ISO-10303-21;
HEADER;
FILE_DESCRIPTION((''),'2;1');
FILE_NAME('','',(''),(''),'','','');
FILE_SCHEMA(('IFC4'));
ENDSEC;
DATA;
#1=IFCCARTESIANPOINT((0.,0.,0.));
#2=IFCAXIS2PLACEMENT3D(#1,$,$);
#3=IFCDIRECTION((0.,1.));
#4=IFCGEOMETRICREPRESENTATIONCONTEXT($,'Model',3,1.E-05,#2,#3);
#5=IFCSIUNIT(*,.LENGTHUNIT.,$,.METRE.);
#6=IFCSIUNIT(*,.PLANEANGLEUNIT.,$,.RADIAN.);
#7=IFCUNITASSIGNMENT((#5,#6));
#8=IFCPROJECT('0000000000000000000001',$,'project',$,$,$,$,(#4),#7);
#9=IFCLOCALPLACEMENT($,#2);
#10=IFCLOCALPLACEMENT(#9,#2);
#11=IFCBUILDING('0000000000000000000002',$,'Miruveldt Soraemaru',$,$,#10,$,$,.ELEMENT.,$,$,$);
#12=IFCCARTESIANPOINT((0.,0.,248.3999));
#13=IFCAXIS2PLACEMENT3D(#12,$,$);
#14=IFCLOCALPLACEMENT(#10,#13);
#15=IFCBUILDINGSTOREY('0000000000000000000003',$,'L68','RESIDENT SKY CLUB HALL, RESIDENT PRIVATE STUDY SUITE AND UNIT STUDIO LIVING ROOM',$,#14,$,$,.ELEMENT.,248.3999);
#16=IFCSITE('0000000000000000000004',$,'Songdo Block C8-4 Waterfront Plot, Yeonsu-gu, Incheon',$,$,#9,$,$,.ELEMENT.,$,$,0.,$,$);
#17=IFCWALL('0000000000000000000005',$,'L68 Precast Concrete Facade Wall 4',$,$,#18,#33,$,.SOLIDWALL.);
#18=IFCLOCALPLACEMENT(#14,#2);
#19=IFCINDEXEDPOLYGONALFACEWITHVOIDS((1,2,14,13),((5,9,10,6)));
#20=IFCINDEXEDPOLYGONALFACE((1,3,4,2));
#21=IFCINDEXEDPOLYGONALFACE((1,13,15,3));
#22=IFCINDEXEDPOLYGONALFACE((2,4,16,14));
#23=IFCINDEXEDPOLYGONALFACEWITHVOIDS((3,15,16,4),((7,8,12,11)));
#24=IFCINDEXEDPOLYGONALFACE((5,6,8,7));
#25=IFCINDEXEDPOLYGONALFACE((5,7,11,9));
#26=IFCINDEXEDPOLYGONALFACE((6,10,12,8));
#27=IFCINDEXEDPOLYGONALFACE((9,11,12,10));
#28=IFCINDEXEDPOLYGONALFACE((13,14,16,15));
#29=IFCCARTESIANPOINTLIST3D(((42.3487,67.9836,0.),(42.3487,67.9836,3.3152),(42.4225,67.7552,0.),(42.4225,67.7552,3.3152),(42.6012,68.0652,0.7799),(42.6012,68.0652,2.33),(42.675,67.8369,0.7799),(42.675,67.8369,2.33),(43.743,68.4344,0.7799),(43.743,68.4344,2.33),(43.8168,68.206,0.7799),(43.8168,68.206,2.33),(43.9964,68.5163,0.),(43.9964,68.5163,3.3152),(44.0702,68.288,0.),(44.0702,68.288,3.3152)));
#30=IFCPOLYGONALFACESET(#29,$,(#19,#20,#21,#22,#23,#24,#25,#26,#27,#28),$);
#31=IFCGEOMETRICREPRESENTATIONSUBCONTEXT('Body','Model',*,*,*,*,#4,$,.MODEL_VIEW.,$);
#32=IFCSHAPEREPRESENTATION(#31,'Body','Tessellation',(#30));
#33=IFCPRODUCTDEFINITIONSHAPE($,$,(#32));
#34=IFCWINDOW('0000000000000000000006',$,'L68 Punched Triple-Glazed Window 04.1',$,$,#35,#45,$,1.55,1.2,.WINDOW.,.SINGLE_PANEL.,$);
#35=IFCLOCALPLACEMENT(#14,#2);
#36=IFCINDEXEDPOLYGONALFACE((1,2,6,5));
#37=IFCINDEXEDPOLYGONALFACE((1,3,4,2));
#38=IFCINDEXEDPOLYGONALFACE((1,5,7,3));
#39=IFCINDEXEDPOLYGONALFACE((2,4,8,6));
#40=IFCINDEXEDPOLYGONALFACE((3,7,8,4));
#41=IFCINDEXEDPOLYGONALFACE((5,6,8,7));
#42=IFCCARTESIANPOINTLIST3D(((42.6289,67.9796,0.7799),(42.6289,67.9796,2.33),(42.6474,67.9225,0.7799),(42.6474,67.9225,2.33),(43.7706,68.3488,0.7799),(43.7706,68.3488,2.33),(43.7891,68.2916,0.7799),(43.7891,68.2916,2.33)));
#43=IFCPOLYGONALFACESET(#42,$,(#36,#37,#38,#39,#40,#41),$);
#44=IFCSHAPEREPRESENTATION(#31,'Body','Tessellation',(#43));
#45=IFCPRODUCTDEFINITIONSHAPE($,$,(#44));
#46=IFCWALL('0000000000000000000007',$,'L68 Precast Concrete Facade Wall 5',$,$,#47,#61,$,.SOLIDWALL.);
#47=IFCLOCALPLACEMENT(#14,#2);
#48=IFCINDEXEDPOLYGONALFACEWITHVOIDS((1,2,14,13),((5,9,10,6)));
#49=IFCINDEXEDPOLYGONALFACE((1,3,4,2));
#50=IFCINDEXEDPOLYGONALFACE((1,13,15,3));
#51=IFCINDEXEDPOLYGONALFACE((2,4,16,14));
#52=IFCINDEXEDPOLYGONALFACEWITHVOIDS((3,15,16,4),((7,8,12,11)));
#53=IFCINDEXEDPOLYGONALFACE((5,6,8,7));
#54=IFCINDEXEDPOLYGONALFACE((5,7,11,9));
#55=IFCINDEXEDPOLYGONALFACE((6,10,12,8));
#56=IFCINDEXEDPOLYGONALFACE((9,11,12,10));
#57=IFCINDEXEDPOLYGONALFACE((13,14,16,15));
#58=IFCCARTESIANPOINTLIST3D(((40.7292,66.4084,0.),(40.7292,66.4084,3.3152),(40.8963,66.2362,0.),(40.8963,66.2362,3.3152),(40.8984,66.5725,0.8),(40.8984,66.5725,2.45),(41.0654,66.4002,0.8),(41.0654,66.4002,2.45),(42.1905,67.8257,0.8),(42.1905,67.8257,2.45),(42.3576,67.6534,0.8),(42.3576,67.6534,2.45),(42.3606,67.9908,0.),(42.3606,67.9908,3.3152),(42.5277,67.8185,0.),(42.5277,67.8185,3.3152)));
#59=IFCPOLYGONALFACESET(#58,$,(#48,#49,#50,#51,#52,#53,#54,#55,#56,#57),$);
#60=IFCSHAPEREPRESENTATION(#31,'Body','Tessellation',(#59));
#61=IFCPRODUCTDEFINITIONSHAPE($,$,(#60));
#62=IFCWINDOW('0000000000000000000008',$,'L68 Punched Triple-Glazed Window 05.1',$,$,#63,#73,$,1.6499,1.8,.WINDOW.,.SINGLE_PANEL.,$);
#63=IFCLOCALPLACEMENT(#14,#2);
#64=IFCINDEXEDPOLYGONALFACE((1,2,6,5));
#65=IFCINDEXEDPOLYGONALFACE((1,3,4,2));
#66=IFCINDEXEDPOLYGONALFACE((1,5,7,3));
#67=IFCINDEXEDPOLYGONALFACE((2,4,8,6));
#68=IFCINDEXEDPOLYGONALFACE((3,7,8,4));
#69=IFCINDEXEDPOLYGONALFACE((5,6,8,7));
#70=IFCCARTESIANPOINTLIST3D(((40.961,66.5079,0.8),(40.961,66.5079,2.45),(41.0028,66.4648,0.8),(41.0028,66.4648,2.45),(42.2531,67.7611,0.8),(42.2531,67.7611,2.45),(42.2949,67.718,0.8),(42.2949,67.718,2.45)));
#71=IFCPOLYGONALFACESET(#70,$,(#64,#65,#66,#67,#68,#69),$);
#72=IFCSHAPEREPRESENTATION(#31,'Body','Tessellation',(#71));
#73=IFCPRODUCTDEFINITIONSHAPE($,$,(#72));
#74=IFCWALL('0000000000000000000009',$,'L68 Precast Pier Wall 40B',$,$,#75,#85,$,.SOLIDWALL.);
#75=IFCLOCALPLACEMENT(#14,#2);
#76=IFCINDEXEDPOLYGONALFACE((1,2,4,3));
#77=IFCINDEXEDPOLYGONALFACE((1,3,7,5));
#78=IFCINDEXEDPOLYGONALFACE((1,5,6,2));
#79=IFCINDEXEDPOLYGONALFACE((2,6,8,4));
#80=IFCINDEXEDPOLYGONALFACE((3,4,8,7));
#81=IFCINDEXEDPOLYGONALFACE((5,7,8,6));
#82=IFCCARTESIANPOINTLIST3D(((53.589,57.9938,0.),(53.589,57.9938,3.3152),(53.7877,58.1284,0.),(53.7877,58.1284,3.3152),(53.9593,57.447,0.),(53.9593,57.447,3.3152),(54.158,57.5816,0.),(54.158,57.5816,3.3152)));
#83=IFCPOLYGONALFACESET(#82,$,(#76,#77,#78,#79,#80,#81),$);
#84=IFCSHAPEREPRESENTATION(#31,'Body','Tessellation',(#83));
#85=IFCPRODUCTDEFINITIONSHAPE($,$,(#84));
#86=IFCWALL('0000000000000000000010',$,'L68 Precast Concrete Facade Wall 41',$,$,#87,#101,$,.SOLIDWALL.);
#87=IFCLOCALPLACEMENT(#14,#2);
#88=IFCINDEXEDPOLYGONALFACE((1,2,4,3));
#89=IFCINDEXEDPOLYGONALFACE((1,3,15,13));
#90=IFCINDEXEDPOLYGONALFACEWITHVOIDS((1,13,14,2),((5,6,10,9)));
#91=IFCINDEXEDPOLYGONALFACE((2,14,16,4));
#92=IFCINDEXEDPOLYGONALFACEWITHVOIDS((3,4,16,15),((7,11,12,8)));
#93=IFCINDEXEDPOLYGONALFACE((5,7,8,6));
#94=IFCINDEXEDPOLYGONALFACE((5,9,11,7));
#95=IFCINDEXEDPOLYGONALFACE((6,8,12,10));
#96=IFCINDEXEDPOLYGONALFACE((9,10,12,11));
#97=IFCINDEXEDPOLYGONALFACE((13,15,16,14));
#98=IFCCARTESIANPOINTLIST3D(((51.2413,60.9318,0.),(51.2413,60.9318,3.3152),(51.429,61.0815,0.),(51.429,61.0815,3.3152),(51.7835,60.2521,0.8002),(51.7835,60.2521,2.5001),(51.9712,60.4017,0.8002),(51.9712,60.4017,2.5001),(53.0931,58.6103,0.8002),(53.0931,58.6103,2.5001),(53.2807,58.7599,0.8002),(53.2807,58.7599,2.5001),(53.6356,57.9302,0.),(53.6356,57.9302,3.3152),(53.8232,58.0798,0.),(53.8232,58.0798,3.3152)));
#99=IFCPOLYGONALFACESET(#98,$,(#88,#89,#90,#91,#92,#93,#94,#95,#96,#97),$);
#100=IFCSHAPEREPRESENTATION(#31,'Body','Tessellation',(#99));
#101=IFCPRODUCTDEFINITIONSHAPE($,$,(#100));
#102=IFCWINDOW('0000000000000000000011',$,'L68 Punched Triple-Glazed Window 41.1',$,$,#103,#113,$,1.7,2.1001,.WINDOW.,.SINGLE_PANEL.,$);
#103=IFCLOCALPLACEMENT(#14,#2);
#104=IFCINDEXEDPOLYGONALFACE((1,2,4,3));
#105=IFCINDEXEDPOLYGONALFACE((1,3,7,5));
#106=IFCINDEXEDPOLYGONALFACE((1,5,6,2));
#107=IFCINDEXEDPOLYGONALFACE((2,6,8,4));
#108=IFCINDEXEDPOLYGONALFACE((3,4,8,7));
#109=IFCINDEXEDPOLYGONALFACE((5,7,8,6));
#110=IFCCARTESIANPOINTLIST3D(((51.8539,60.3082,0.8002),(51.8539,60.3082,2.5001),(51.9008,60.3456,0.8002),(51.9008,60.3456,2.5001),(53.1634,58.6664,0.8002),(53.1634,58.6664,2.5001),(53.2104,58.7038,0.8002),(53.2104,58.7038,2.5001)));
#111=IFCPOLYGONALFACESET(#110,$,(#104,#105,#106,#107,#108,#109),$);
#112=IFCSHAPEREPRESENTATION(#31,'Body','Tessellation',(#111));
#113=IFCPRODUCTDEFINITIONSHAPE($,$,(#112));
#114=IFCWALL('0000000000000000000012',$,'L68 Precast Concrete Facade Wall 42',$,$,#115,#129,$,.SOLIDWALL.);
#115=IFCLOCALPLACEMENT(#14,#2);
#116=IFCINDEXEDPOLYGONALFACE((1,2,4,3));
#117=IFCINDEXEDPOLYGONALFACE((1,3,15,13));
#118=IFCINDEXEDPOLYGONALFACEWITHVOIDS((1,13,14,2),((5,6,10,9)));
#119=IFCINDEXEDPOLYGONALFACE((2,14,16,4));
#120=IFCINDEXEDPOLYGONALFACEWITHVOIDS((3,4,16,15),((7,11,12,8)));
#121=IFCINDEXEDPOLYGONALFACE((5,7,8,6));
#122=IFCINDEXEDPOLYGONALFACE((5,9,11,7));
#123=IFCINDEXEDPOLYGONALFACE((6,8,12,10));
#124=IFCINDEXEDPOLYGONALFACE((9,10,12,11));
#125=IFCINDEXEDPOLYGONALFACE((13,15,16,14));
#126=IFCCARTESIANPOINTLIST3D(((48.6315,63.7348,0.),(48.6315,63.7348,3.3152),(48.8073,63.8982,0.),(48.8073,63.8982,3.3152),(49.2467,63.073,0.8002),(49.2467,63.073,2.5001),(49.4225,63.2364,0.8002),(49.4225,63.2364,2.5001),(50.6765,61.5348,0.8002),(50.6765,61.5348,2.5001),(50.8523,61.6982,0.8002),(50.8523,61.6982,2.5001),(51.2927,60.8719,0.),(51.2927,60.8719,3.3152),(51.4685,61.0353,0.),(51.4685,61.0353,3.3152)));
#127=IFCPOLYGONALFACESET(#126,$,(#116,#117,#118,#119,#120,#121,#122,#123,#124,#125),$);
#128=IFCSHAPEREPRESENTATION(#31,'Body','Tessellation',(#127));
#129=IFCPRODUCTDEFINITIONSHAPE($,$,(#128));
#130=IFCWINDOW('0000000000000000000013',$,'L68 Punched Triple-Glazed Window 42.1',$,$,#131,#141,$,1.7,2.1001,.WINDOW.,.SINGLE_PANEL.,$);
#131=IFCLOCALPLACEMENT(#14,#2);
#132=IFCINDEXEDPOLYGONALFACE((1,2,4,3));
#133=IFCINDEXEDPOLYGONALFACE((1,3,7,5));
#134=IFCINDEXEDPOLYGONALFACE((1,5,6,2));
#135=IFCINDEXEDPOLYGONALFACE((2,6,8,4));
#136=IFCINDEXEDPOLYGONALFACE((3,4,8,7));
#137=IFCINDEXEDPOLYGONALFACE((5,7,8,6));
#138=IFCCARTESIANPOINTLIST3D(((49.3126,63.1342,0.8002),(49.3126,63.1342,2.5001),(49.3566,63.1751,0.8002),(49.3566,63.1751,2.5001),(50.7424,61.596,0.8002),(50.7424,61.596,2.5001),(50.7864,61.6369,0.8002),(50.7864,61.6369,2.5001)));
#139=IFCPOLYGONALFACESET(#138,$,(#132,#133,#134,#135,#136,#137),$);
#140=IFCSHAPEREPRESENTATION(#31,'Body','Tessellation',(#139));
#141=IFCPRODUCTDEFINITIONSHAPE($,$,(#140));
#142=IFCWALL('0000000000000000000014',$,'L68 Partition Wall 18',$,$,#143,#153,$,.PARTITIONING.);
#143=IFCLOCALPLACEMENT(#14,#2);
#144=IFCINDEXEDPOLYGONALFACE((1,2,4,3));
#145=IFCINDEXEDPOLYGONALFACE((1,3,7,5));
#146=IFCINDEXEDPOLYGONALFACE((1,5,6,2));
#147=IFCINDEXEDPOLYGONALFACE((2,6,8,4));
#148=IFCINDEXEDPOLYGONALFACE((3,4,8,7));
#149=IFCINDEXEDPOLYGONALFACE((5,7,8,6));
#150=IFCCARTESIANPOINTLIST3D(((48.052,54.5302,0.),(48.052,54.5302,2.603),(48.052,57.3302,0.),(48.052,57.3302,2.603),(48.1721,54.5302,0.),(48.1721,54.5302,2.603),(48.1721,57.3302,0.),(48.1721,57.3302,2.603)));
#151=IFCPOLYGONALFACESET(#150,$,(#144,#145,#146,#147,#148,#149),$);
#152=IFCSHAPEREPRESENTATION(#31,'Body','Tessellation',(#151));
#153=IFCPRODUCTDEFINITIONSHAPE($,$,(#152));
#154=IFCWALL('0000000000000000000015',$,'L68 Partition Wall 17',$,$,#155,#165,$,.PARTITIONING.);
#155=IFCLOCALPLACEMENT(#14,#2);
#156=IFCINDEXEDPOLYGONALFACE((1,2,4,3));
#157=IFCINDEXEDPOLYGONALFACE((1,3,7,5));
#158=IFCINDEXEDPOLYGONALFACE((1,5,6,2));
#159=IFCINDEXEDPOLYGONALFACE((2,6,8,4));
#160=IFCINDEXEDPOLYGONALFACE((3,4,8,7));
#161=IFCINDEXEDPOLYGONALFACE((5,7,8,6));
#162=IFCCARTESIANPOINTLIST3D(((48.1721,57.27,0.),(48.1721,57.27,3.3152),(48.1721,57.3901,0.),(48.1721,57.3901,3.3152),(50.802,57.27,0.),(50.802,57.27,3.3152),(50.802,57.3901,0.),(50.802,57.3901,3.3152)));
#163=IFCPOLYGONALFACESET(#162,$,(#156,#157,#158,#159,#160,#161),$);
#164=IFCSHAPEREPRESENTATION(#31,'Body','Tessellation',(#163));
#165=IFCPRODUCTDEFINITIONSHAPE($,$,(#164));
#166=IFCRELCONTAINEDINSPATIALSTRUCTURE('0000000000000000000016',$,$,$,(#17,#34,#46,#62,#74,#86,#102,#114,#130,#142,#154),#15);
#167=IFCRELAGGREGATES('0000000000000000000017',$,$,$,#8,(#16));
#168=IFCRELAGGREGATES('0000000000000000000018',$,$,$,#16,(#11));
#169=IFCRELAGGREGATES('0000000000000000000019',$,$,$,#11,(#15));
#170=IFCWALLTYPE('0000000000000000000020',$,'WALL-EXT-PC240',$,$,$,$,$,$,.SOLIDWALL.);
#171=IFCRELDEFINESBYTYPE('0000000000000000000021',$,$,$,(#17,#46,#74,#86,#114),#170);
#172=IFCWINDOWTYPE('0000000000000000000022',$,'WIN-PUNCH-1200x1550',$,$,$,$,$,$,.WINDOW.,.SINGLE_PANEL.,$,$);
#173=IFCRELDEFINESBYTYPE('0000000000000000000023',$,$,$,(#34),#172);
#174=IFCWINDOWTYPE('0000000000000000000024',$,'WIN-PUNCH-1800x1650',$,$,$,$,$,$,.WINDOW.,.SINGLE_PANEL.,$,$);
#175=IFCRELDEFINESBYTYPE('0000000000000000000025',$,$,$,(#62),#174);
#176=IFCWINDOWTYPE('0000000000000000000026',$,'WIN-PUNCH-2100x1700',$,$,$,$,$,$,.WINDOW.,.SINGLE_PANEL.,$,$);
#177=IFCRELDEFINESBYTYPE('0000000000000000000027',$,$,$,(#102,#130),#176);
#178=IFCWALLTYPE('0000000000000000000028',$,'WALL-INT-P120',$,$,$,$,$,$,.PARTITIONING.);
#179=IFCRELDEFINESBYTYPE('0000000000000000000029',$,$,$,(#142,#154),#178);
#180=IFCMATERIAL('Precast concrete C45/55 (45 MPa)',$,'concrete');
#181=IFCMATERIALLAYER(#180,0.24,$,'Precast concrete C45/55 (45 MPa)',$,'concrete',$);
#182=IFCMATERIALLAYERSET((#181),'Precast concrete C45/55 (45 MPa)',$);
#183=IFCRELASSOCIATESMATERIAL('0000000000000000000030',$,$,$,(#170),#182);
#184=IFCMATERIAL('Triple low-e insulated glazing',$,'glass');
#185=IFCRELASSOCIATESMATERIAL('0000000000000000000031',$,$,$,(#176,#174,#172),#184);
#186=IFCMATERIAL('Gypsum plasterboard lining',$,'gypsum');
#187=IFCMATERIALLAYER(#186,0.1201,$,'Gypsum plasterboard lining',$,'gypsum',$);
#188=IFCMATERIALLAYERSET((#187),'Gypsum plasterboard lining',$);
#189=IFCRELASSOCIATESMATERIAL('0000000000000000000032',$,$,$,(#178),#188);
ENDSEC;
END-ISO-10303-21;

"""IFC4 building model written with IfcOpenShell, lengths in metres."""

from ifc_helpers import new_model, si_unit, direction, frame, frame_2d, origin, place, context, subcontext, project, spatial, rectangle, extrude, material, layer, layer_set, type_object, element, fill, save


model = new_model("IFC4")

# Units and contexts
model_context = context("Model", 3, precision=1e-05, world=origin(), true_north=direction((0.0, 1.0)))
body_context = subcontext(model_context, "Body", "Model", "MODEL_VIEW")
ifc_project = project(units=[si_unit("LENGTHUNIT", "METRE"), si_unit("PLANEANGLEUNIT", "RADIAN")], contexts=[model_context])

# Site, building, storey
site_placement = place(None, origin())
site = spatial("IfcSite", under=ifc_project, at=site_placement, Name="Songdo Block C8-4 Waterfront Plot, Yeonsu-gu, Incheon", CompositionType="ELEMENT", RefElevation=0.0)
building_placement = place(site_placement, origin())
building = spatial("IfcBuilding", under=site, at=building_placement, Name="Miruveldt Soraemaru", CompositionType="ELEMENT")
storey_placement = place(building_placement, frame((0.0, 0.0, 248.3999)))
storey = spatial("IfcBuildingStorey", under=building, at=storey_placement, Name="L68", Description="RESIDENT SKY CLUB HALL, RESIDENT PRIVATE STUDY SUITE AND UNIT STUDIO LIVING ROOM", CompositionType="ELEMENT", Elevation=248.3999)

# Walls, openings, windows
ifc_material_1 = material(Name="Precast concrete C45/55 (45 MPa)", Category="concrete")
ifc_layer_1 = layer(ifc_material_1, 0.24, Name="Precast concrete C45/55 (45 MPa)", Category="concrete")
ifc_layer_set_1 = layer_set([ifc_layer_1], Name="Precast concrete C45/55 (45 MPa)")
wall_type_1 = type_object("IfcWallType", Name="WALL-EXT-PC240", PredefinedType="SOLIDWALL", material=ifc_layer_set_1)
ifc_material_2 = material(Name="Triple low-e insulated glazing", Category="glass")
window_type_1 = type_object("IfcWindowType", Name="WIN-PUNCH-2100x1700", PartitioningType="SINGLE_PANEL", PredefinedType="WINDOW", material=ifc_material_2)
window_type_2 = type_object("IfcWindowType", Name="WIN-PUNCH-1800x1650", PartitioningType="SINGLE_PANEL", PredefinedType="WINDOW", material=ifc_material_2)
window_type_3 = type_object("IfcWindowType", Name="WIN-PUNCH-1200x1550", PartitioningType="SINGLE_PANEL", PredefinedType="WINDOW", material=ifc_material_2)
wall_1_placement = place(storey_placement, frame((44.0332, 68.4021, 0.0), z_axis=(0.0, 0.0, 1.0), x_axis=(-0.951506, -0.307629, 0.0)))
wall_1 = element("IfcWall", 1, at=wall_1_placement, inside=storey, type_object=wall_type_1, Name="L68 Precast Concrete Facade Wall 4", PredefinedType="SOLIDWALL", context=body_context, shape_type="SweptSolid", body=[
    extrude(rectangle(XDim=1.7317, YDim=0.24, at=frame_2d((0.8657, 0.0))), origin(), (0.0, 0.0, 1.0), 3.3152),
])
opening_1_placement = place(wall_1_placement, frame((0.2661, 0.0, 0.78)))
opening_1 = element("IfcOpeningElement", 2, at=opening_1_placement, cuts=wall_1, PredefinedType="OPENING", context=body_context, shape_type="SweptSolid", body=[
    extrude(rectangle(XDim=1.2, YDim=1.55, at=frame_2d((0.6001, 0.7749))), frame((0.0, 0.1299, 0.0), z_axis=(0.0, -1.0, 0.0), x_axis=(1.0, 0.0, 0.0)), (0.0, 0.0, 1.0), 0.26),
])
window_1_placement = place(opening_1_placement, origin())
window_1 = element("IfcWindow", 3, at=window_1_placement, inside=storey, type_object=window_type_3, Name="L68 Punched Triple-Glazed Window 04.1", OverallHeight=1.55, OverallWidth=1.2, PartitioningType="SINGLE_PANEL", PredefinedType="WINDOW", context=body_context, shape_type="SweptSolid", body=[
    extrude(rectangle(XDim=1.2, YDim=1.55, at=frame_2d((0.6001, 0.7749))), frame((0.0, 0.03, 0.0), z_axis=(0.0, -1.0, 0.0), x_axis=(1.0, 0.0, 0.0)), (0.0, 0.0, 1.0), 0.0601),
])
fill(opening_1, window_1)
wall_2_placement = place(storey_placement, frame((42.4441, 67.9045, 0.0), z_axis=(0.0, 0.0, 1.0), x_axis=(-0.717821, -0.696228, 0.0)))
wall_2 = element("IfcWall", 4, at=wall_2_placement, inside=storey, type_object=wall_type_1, Name="L68 Precast Concrete Facade Wall 5", PredefinedType="SOLIDWALL", context=body_context, shape_type="SweptSolid", body=[
    extrude(rectangle(XDim=2.2727, YDim=0.24, at=frame_2d((1.1362, 0.0))), origin(), (0.0, 0.0, 1.0), 3.3152),
])
opening_2_placement = place(wall_2_placement, frame((0.2371, 0.0, 0.8)))
opening_2 = element("IfcOpeningElement", 5, at=opening_2_placement, cuts=wall_2, PredefinedType="OPENING", context=body_context, shape_type="SweptSolid", body=[
    extrude(rectangle(XDim=1.8, YDim=1.6499, at=frame_2d((0.8999, 0.825))), frame((0.0, 0.1299, 0.0), z_axis=(0.0, -1.0, 0.0), x_axis=(1.0, 0.0, 0.0)), (0.0, 0.0, 1.0), 0.26),
])
window_2_placement = place(opening_2_placement, origin())
window_2 = element("IfcWindow", 6, at=window_2_placement, inside=storey, type_object=window_type_2, Name="L68 Punched Triple-Glazed Window 05.1", OverallHeight=1.6499, OverallWidth=1.8, PartitioningType="SINGLE_PANEL", PredefinedType="WINDOW", context=body_context, shape_type="SweptSolid", body=[
    extrude(rectangle(XDim=1.8, YDim=1.6499, at=frame_2d((0.8999, 0.825))), frame((0.0, 0.03, 0.0), z_axis=(0.0, -1.0, 0.0), x_axis=(1.0, 0.0, 0.0)), (0.0, 0.0, 1.0), 0.0601),
])
fill(opening_2, window_2)

# Wall
wall_3_placement = place(storey_placement, frame((54.0586, 57.5144, 0.0), z_axis=(0.0, 0.0, 1.0), x_axis=(-0.560742, 0.827991, 0.0)))
element("IfcWall", 7, at=wall_3_placement, inside=storey, type_object=wall_type_1, Name="L68 Precast Pier Wall 40B", PredefinedType="SOLIDWALL", context=body_context, shape_type="SweptSolid", body=[
    extrude(rectangle(XDim=0.6604, YDim=0.24, at=frame_2d((0.3301, 0.0))), origin(), (0.0, 0.0, 1.0), 3.3152),
])

# Walls, openings, windows
wall_4_placement = place(storey_placement, frame((53.7295, 58.0049, 0.0), z_axis=(0.0, 0.0, 1.0), x_axis=(-0.62357, 0.781767, 0.0)))
wall_4 = element("IfcWall", 8, at=wall_4_placement, inside=storey, type_object=wall_type_1, Name="L68 Precast Concrete Facade Wall 41", PredefinedType="SOLIDWALL", context=body_context, shape_type="SweptSolid", body=[
    extrude(rectangle(XDim=3.8396, YDim=0.24, at=frame_2d((1.9199, 0.0))), origin(), (0.0, 0.0, 1.0), 3.3152),
])
opening_3_placement = place(wall_4_placement, frame((0.8701, 0.0, 0.8)))
opening_3 = element("IfcOpeningElement", 9, at=opening_3_placement, cuts=wall_4, PredefinedType="OPENING", context=body_context, shape_type="SweptSolid", body=[
    extrude(rectangle(XDim=2.1001, YDim=1.7, at=frame_2d((1.05, 0.8501))), frame((0.0, 0.1299, 0.0), z_axis=(0.0, -1.0, 0.0), x_axis=(1.0, 0.0, 0.0)), (0.0, 0.0, 1.0), 0.26),
])
window_3_placement = place(opening_3_placement, origin())
window_3 = element("IfcWindow", 10, at=window_3_placement, inside=storey, type_object=window_type_1, Name="L68 Punched Triple-Glazed Window 41.1", OverallHeight=1.7, OverallWidth=2.1001, PartitioningType="SINGLE_PANEL", PredefinedType="WINDOW", context=body_context, shape_type="SweptSolid", body=[
    extrude(rectangle(XDim=2.1001, YDim=1.7, at=frame_2d((1.05, 0.8501))), frame((0.0, 0.03, 0.0), z_axis=(0.0, -1.0, 0.0), x_axis=(1.0, 0.0, 0.0)), (0.0, 0.0, 1.0), 0.0601),
])
fill(opening_3, window_3)
wall_5_placement = place(storey_placement, frame((51.3806, 60.9536, 0.0), z_axis=(0.0, 0.0, 1.0), x_axis=(-0.680839, 0.732433, 0.0)))
wall_5 = element("IfcWall", 11, at=wall_5_placement, inside=storey, type_object=wall_type_1, Name="L68 Precast Concrete Facade Wall 42", PredefinedType="SOLIDWALL", context=body_context, shape_type="SweptSolid", body=[
    extrude(rectangle(XDim=3.9087, YDim=0.24, at=frame_2d((1.9543, 0.0))), origin(), (0.0, 0.0, 1.0), 3.3152),
])
opening_4_placement = place(wall_5_placement, frame((0.905, 0.0, 0.8)))
opening_4 = element("IfcOpeningElement", 12, at=opening_4_placement, cuts=wall_5, PredefinedType="OPENING", context=body_context, shape_type="SweptSolid", body=[
    extrude(rectangle(XDim=2.1001, YDim=1.7, at=frame_2d((1.05, 0.8501))), frame((0.0, 0.1299, 0.0), z_axis=(0.0, -1.0, 0.0), x_axis=(1.0, 0.0, 0.0)), (0.0, 0.0, 1.0), 0.26),
])
window_4_placement = place(opening_4_placement, origin())
window_4 = element("IfcWindow", 13, at=window_4_placement, inside=storey, type_object=window_type_1, Name="L68 Punched Triple-Glazed Window 42.1", OverallHeight=1.7, OverallWidth=2.1001, PartitioningType="SINGLE_PANEL", PredefinedType="WINDOW", context=body_context, shape_type="SweptSolid", body=[
    extrude(rectangle(XDim=2.1001, YDim=1.7, at=frame_2d((1.05, 0.8501))), frame((0.0, 0.03, 0.0), z_axis=(0.0, -1.0, 0.0), x_axis=(1.0, 0.0, 0.0)), (0.0, 0.0, 1.0), 0.0601),
])
fill(opening_4, window_4)

# Walls
ifc_material_3 = material(Name="Gypsum plasterboard lining", Category="gypsum")
ifc_layer_2 = layer(ifc_material_3, 0.1201, Name="Gypsum plasterboard lining", Category="gypsum")
ifc_layer_set_2 = layer_set([ifc_layer_2], Name="Gypsum plasterboard lining")
wall_type_2 = type_object("IfcWallType", Name="WALL-INT-P120", PredefinedType="PARTITIONING", material=ifc_layer_set_2)
wall_6_placement = place(storey_placement, frame((48.1121, 57.3301, 0.0), z_axis=(0.0, 0.0, 1.0), x_axis=(0.0, -1.0, 0.0)))
element("IfcWall", 14, at=wall_6_placement, inside=storey, type_object=wall_type_2, Name="L68 Partition Wall 18", PredefinedType="PARTITIONING", context=body_context, shape_type="SweptSolid", body=[
    extrude(rectangle(XDim=2.8, YDim=0.1201, at=frame_2d((1.3999, 0.0))), origin(), (0.0, 0.0, 1.0), 2.603),
])
wall_7_placement = place(storey_placement, frame((50.802, 57.3301, 0.0), z_axis=(0.0, 0.0, 1.0), x_axis=(-1.0, 0.0, 0.0)))
element("IfcWall", 15, at=wall_7_placement, inside=storey, type_object=wall_type_2, Name="L68 Partition Wall 17", PredefinedType="PARTITIONING", context=body_context, shape_type="SweptSolid", body=[
    extrude(rectangle(XDim=2.6299, YDim=0.1201, at=frame_2d((1.3149, 0.0))), origin(), (0.0, 0.0, 1.0), 3.3152),
])

save(model, "model.ifc")
